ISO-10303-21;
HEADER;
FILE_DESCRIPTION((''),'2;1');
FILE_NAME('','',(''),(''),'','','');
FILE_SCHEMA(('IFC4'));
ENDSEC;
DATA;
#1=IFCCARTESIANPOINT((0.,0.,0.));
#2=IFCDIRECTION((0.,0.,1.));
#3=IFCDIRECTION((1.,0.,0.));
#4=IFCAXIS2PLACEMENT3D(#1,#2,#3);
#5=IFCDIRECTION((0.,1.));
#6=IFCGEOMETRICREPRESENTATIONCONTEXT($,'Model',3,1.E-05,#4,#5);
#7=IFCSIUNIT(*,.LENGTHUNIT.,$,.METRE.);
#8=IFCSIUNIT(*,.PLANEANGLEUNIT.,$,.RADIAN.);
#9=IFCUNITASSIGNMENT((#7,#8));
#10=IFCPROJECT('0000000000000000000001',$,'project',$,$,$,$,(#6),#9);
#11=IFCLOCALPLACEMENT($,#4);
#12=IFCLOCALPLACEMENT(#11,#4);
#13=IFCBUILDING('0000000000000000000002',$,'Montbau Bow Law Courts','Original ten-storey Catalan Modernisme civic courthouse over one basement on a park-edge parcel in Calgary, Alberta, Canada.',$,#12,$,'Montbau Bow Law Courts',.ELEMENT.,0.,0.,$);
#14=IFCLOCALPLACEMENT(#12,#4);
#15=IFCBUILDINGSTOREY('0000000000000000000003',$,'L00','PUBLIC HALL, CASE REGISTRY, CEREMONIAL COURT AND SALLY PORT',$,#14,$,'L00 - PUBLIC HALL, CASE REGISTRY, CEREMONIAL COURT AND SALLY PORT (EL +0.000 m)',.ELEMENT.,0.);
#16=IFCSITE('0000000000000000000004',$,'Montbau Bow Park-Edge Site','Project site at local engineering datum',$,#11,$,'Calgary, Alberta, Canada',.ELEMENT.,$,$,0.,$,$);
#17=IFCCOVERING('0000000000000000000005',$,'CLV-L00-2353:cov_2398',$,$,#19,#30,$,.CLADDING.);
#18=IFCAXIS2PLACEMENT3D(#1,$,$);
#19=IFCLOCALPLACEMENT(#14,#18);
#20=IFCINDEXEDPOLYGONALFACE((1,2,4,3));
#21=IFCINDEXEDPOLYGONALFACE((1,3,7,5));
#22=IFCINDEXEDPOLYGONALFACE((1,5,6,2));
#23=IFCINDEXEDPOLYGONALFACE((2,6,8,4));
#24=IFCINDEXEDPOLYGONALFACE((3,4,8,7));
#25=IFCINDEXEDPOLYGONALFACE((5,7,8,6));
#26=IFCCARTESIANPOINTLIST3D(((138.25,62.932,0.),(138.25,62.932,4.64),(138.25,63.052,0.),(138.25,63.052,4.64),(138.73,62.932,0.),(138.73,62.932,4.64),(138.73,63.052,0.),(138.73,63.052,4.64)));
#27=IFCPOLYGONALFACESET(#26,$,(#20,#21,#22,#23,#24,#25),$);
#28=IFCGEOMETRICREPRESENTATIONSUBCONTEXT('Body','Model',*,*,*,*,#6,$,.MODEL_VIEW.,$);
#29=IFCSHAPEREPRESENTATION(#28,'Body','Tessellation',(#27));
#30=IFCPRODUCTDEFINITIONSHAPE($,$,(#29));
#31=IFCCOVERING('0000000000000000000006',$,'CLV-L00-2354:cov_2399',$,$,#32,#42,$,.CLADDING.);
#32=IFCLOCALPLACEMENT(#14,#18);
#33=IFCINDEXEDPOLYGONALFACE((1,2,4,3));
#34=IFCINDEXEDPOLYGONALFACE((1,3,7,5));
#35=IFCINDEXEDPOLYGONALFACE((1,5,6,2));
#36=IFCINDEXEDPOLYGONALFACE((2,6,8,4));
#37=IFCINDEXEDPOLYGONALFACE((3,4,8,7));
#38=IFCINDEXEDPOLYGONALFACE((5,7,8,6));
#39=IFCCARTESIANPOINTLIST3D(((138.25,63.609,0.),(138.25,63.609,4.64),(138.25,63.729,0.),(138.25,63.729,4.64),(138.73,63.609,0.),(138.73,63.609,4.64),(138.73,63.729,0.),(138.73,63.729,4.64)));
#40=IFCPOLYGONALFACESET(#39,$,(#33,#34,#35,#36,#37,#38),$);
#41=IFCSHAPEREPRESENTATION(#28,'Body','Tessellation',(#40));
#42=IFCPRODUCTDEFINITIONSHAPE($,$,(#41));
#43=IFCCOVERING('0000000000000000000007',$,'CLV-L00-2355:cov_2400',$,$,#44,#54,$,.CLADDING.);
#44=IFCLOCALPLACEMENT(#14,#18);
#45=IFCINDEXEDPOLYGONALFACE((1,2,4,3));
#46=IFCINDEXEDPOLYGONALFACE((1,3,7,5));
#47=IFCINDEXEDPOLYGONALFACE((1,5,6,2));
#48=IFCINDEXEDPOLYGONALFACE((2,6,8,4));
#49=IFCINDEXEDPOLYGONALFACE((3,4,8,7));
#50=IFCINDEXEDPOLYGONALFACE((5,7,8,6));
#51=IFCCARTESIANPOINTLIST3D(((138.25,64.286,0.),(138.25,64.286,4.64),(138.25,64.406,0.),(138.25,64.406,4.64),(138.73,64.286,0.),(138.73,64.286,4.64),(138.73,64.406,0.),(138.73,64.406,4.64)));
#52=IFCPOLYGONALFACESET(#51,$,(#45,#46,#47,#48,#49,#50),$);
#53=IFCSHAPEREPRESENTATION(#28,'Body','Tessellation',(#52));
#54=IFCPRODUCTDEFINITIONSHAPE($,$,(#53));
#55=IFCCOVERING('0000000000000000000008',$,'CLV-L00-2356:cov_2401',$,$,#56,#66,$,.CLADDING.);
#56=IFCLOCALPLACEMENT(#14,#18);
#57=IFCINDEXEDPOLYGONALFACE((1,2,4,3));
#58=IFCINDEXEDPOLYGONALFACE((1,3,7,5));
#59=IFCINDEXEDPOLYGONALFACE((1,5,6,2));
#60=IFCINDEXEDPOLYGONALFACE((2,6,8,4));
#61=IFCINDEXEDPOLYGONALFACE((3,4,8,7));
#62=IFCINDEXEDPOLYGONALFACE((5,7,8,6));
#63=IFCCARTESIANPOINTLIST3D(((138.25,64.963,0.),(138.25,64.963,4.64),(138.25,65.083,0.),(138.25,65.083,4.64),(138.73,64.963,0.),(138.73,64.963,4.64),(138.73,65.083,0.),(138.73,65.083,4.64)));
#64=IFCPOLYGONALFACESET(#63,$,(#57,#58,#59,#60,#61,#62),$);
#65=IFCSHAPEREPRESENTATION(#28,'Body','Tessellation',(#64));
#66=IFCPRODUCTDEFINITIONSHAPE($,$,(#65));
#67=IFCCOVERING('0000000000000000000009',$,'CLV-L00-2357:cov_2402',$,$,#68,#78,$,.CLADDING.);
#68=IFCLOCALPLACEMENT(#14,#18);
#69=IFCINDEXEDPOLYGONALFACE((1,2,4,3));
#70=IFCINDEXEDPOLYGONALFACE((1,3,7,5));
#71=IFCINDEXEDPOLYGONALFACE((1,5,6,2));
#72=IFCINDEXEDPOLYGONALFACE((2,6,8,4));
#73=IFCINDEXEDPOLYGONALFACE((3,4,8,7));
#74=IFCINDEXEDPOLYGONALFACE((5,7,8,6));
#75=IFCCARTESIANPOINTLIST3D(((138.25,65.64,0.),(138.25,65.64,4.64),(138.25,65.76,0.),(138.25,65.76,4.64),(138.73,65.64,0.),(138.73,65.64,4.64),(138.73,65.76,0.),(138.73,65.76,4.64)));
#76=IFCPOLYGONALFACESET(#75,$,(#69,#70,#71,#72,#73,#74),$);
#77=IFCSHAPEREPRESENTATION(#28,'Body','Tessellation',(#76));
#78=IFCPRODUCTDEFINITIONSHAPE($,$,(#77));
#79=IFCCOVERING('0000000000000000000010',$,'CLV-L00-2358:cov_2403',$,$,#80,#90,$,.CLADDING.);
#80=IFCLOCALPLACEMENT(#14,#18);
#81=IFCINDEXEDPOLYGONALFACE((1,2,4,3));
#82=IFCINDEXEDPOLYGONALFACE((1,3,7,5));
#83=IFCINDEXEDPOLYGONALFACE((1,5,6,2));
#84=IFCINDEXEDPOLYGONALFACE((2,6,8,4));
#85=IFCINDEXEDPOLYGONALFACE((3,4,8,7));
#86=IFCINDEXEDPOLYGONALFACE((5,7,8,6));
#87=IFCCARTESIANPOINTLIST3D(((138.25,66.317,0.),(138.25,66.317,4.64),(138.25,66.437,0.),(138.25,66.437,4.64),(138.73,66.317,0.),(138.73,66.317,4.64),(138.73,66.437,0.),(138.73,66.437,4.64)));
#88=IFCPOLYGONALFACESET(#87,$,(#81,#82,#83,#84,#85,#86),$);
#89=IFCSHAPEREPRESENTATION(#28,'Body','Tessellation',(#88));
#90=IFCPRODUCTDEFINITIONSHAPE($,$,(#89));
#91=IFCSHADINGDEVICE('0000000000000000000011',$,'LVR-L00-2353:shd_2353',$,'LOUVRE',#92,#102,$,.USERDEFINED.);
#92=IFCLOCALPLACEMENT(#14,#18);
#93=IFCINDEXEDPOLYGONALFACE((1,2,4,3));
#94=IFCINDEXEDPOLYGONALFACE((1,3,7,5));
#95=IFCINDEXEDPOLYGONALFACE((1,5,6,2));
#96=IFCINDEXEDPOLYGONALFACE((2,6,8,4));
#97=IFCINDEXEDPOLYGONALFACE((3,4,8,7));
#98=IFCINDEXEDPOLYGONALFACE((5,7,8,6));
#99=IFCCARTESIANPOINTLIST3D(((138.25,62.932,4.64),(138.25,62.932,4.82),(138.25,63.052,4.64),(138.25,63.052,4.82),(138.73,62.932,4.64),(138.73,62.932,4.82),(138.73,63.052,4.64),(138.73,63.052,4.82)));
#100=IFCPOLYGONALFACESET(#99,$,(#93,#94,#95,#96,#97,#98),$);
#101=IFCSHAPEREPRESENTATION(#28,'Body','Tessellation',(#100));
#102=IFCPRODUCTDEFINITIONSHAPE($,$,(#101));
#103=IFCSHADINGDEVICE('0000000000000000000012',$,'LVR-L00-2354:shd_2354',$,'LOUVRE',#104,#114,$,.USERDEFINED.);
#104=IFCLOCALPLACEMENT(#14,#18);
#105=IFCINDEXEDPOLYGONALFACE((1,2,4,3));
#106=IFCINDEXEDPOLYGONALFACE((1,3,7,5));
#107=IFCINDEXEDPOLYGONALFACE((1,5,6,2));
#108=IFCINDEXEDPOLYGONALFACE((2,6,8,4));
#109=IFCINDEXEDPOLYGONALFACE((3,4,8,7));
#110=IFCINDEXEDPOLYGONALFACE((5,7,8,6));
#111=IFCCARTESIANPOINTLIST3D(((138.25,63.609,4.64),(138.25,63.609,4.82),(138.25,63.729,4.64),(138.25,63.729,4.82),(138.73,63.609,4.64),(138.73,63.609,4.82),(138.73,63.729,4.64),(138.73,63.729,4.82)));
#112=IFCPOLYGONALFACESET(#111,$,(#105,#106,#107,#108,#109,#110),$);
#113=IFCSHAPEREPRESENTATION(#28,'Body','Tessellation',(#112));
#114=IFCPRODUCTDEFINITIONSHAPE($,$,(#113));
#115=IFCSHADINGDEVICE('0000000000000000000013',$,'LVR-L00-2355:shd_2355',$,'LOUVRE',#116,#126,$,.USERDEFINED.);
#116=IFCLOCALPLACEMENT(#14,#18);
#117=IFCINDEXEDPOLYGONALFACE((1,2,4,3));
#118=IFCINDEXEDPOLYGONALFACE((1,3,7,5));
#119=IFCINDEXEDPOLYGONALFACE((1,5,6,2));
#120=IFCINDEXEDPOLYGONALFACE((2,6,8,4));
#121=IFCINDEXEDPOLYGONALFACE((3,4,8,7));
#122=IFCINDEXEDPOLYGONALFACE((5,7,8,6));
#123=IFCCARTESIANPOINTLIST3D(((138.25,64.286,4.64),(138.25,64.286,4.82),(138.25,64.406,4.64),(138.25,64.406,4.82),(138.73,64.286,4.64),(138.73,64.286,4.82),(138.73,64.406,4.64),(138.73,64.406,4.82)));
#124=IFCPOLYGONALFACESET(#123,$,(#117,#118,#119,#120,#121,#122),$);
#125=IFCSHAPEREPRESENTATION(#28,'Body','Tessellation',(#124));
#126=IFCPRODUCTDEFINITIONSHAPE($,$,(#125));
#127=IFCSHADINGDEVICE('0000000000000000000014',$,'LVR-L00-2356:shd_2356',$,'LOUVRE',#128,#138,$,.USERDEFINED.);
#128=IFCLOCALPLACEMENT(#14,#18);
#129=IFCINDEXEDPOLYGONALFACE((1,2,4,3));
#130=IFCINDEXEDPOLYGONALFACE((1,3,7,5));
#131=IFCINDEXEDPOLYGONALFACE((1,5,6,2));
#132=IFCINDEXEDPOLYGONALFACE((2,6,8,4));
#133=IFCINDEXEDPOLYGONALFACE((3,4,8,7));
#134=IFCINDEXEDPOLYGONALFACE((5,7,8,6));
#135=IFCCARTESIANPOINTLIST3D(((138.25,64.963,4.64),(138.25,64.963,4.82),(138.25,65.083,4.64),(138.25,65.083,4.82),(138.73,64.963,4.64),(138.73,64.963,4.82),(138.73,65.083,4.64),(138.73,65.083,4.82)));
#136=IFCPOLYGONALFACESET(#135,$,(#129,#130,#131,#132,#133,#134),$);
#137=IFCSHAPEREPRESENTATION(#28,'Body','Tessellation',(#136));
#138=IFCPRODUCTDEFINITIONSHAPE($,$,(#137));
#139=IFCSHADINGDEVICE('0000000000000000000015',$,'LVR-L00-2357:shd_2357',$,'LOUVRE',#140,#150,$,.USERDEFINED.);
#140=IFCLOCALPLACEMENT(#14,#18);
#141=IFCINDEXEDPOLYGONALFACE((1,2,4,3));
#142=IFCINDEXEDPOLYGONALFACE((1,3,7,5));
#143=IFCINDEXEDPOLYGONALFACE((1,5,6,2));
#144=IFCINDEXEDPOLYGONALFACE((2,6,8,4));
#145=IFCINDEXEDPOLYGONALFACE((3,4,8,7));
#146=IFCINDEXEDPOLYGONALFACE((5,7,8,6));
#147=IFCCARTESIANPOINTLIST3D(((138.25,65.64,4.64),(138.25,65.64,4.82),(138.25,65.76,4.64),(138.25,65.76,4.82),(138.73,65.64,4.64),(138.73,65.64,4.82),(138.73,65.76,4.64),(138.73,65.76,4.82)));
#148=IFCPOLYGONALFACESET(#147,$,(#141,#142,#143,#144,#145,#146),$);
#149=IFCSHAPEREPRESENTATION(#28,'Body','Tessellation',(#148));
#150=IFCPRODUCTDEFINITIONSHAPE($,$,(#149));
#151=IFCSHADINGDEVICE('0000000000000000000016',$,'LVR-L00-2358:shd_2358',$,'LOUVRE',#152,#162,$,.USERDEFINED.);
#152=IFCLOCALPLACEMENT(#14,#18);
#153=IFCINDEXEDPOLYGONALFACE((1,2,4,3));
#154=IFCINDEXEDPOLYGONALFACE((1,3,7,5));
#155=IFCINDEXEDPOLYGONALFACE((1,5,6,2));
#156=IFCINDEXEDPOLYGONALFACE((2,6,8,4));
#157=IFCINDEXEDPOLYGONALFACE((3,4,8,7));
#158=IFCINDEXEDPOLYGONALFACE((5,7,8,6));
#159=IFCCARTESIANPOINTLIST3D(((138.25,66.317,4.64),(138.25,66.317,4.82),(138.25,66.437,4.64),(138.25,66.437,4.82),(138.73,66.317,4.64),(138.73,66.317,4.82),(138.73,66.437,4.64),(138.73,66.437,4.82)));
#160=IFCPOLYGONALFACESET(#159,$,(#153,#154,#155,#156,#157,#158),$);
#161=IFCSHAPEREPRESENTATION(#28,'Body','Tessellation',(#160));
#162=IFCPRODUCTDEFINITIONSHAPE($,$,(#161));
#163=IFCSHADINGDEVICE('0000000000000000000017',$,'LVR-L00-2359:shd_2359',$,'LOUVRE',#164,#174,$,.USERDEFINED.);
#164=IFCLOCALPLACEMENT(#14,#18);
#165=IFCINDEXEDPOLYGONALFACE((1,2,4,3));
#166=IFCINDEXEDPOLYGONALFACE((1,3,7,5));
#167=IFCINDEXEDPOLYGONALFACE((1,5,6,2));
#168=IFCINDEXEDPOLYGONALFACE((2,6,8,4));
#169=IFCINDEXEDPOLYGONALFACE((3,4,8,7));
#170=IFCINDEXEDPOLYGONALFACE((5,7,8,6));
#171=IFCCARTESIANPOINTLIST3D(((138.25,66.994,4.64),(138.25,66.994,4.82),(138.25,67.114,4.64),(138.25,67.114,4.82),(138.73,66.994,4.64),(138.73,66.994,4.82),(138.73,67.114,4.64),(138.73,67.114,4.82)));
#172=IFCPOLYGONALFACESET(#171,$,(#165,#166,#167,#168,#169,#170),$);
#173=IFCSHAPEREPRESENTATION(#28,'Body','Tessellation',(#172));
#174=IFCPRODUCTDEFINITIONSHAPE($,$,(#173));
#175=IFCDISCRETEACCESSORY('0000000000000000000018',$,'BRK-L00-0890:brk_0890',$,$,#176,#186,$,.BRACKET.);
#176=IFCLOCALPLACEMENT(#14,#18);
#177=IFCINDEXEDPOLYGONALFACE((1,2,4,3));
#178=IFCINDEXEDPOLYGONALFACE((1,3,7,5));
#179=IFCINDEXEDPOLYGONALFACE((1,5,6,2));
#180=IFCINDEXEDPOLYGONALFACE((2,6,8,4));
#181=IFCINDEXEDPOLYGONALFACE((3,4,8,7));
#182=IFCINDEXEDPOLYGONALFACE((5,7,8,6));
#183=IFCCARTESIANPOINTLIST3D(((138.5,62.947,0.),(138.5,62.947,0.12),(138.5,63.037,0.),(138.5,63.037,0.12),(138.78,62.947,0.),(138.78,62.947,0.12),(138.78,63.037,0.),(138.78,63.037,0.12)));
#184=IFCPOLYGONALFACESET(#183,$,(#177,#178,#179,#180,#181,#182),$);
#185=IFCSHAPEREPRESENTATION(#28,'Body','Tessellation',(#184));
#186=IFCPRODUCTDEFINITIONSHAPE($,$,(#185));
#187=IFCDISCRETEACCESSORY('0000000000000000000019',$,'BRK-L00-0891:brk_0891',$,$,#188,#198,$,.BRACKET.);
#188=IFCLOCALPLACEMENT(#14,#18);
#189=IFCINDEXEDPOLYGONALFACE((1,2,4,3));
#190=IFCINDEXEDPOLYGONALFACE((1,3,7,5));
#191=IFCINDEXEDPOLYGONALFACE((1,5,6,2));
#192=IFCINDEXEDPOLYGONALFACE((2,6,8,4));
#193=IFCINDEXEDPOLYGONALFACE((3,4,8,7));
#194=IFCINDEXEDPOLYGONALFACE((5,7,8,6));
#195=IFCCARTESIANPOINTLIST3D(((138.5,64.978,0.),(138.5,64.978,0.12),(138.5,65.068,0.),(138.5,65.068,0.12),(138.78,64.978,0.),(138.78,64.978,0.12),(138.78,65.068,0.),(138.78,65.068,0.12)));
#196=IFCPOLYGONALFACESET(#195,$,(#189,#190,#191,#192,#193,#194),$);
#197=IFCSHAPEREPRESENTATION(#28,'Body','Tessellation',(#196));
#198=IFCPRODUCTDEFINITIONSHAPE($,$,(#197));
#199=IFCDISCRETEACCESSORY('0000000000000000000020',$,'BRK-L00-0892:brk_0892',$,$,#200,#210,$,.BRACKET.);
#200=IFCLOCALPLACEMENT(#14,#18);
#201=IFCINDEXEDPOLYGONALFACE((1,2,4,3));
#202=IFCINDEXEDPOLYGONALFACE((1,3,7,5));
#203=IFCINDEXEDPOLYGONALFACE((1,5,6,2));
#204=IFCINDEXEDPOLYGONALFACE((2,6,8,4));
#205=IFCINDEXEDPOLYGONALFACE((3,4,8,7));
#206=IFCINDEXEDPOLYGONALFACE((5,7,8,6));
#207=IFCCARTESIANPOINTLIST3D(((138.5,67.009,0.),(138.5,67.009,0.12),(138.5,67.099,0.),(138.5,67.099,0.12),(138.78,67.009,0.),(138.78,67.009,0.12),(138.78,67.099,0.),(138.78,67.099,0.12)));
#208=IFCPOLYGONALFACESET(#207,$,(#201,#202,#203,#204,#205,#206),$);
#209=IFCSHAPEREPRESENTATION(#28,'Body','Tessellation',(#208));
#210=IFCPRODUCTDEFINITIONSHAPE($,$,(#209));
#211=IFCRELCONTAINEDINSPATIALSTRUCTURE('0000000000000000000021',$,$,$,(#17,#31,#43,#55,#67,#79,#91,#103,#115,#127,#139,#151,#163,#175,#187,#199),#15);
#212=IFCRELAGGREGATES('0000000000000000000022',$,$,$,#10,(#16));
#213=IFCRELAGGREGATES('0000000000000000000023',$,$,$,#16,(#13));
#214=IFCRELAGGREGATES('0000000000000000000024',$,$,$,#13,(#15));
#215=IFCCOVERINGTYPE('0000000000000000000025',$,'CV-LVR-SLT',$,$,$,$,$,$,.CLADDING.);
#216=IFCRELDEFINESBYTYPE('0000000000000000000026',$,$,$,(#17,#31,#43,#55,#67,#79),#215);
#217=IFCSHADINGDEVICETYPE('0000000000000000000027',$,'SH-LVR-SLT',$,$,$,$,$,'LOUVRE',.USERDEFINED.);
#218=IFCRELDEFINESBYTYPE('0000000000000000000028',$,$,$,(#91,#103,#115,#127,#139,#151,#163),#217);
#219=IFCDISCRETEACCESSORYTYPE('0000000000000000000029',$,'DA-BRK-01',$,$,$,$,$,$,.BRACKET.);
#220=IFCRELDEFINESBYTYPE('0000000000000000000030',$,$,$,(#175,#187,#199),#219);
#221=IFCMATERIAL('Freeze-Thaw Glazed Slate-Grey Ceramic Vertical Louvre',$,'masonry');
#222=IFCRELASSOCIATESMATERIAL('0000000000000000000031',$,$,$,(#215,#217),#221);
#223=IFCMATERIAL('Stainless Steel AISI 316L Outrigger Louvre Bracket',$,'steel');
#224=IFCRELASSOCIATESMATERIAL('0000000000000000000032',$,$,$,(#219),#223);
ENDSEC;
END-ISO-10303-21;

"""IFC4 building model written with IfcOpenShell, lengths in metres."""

from ifc_helpers import new_model, si_unit, direction, frame, frame_2d, origin_with_axes, origin_2d_with_axis, place, context, subcontext, project, spatial, rectangle, extrude, material, type_object, element, save


model = new_model("IFC4")

# Units and contexts
model_context = context("Model", 3, precision=1e-05, world=origin_with_axes(), true_north=direction((0.0, 1.0)))
body_context = subcontext(model_context, "Body", "Model", "MODEL_VIEW")
ifc_project = project(units=[si_unit("LENGTHUNIT", "METRE"), si_unit("PLANEANGLEUNIT", "RADIAN")], contexts=[model_context])

# Site, building, storey
site_placement = place(None, origin_with_axes())
site = spatial("IfcSite", under=ifc_project, at=site_placement, Name="Montbau Bow Park-Edge Site", Description="Project site at local engineering datum", LongName="Calgary, Alberta, Canada", CompositionType="ELEMENT", RefElevation=0.0)
building_placement = place(site_placement, origin_with_axes())
building = spatial("IfcBuilding", under=site, at=building_placement, Name="Montbau Bow Law Courts", Description="Original ten-storey Catalan Modernisme civic courthouse over one basement on a park-edge parcel in Calgary, Alberta, Canada.", LongName="Montbau Bow Law Courts", CompositionType="ELEMENT", ElevationOfRefHeight=0.0, ElevationOfTerrain=0.0)
storey_placement = place(building_placement, origin_with_axes())
storey = spatial("IfcBuildingStorey", under=building, at=storey_placement, Name="L00", Description="PUBLIC HALL, CASE REGISTRY, CEREMONIAL COURT AND SALLY PORT", LongName="L00 - PUBLIC HALL, CASE REGISTRY, CEREMONIAL COURT AND SALLY PORT (EL +0.000 m)", CompositionType="ELEMENT", Elevation=0.0)

# Coverings
ifc_material_1 = material(Name="Freeze-Thaw Glazed Slate-Grey Ceramic Vertical Louvre", Category="masonry")
covering_type = type_object("IfcCoveringType", Name="CV-LVR-SLT", PredefinedType="CLADDING", material=ifc_material_1)
for number, where, z_axis, x_axis, name in (
    (1, (138.73, 62.992, 0.0), (0.0, 1.0, 0.0), (-1.0, 0.0, 0.0), "CLV-L00-2353:cov_2398"),
    (2, (138.73, 63.669, 0.0), (0.0, 1.0, 0.0), (-1.0, 0.0, 0.0), "CLV-L00-2354:cov_2399"),
    (3, (138.73, 64.346, 0.0), (0.0, 1.0, 0.0), (-1.0, 0.0, 0.0), "CLV-L00-2355:cov_2400"),
    (4, (138.73, 65.023, 0.0), (0.0, 1.0, 0.0), (-1.0, 0.0, 0.0), "CLV-L00-2356:cov_2401"),
    (5, (138.73, 65.7, 0.0), (0.0, 1.0, 0.0), (-1.0, 0.0, 0.0), "CLV-L00-2357:cov_2402"),
    (6, (138.73, 66.377, 0.0), (0.0, 1.0, 0.0), (-1.0, 0.0, 0.0), "CLV-L00-2358:cov_2403"),
):
    element("IfcCovering", number, at=place(None, frame(where, z_axis=z_axis, x_axis=x_axis)), inside=storey, type_object=covering_type, Name=name, PredefinedType="CLADDING", context=body_context, shape_type="SweptSolid", body=[
        extrude(rectangle(XDim=0.48, YDim=4.64, at=frame_2d((0.24, 2.32), x_axis=(1.0, 0.0))), frame((0.0, 0.0, -0.06), z_axis=(0.0, 0.0, 1.0), x_axis=(1.0, 0.0, 0.0)), (0.0, 0.0, 1.0), 0.12),
    ])

# Shading devices
shading_device_type = type_object("IfcShadingDeviceType", Name="SH-LVR-SLT", ElementType="LOUVRE", PredefinedType="USERDEFINED", material=ifc_material_1)
for number, where, z_axis, x_axis, name in (
    (7, (138.49, 62.992, 4.64), (0.0, 0.0, 1.0), (-1.0, 0.0, 0.0), "LVR-L00-2353:shd_2353"),
    (8, (138.49, 63.669, 4.64), (0.0, 0.0, 1.0), (-1.0, 0.0, 0.0), "LVR-L00-2354:shd_2354"),
    (9, (138.49, 64.346, 4.64), (0.0, 0.0, 1.0), (-1.0, 0.0, 0.0), "LVR-L00-2355:shd_2355"),
    (10, (138.49, 65.023, 4.64), (0.0, 0.0, 1.0), (-1.0, 0.0, 0.0), "LVR-L00-2356:shd_2356"),
    (11, (138.49, 65.7, 4.64), (0.0, 0.0, 1.0), (-1.0, 0.0, 0.0), "LVR-L00-2357:shd_2357"),
    (12, (138.49, 66.377, 4.64), (0.0, 0.0, 1.0), (-1.0, 0.0, 0.0), "LVR-L00-2358:shd_2358"),
    (13, (138.49, 67.054, 4.64), (0.0, 0.0, 1.0), (-1.0, 0.0, 0.0), "LVR-L00-2359:shd_2359"),
):
    element("IfcShadingDevice", number, at=place(None, frame(where, z_axis=z_axis, x_axis=x_axis)), inside=storey, type_object=shading_device_type, Name=name, ObjectType="LOUVRE", PredefinedType="USERDEFINED", context=body_context, shape_type="SweptSolid", body=[
        extrude(rectangle(XDim=0.48, YDim=0.12, at=origin_2d_with_axis()), origin_with_axes(), (0.0, 0.0, 1.0), 0.18),
    ])

# Discrete accessories
ifc_material_2 = material(Name="Stainless Steel AISI 316L Outrigger Louvre Bracket", Category="steel")
discrete_accessory_type = type_object("IfcDiscreteAccessoryType", Name="DA-BRK-01", PredefinedType="BRACKET", material=ifc_material_2)
for number, where, z_axis, x_axis, name in (
    (14, (138.64, 62.992, 0.0), (0.0, 0.0, 1.0), (-1.0, 0.0, 0.0), "BRK-L00-0890:brk_0890"),
    (15, (138.64, 65.023, 0.0), (0.0, 0.0, 1.0), (-1.0, 0.0, 0.0), "BRK-L00-0891:brk_0891"),
    (16, (138.64, 67.054, 0.0), (0.0, 0.0, 1.0), (-1.0, 0.0, 0.0), "BRK-L00-0892:brk_0892"),
):
    element("IfcDiscreteAccessory", number, at=place(None, frame(where, z_axis=z_axis, x_axis=x_axis)), inside=storey, type_object=discrete_accessory_type, Name=name, PredefinedType="BRACKET", context=body_context, shape_type="SweptSolid", body=[
        extrude(rectangle(XDim=0.28, YDim=0.09, at=origin_2d_with_axis()), origin_with_axes(), (0.0, 0.0, 1.0), 0.12),
    ])

save(model, "model.ifc")
